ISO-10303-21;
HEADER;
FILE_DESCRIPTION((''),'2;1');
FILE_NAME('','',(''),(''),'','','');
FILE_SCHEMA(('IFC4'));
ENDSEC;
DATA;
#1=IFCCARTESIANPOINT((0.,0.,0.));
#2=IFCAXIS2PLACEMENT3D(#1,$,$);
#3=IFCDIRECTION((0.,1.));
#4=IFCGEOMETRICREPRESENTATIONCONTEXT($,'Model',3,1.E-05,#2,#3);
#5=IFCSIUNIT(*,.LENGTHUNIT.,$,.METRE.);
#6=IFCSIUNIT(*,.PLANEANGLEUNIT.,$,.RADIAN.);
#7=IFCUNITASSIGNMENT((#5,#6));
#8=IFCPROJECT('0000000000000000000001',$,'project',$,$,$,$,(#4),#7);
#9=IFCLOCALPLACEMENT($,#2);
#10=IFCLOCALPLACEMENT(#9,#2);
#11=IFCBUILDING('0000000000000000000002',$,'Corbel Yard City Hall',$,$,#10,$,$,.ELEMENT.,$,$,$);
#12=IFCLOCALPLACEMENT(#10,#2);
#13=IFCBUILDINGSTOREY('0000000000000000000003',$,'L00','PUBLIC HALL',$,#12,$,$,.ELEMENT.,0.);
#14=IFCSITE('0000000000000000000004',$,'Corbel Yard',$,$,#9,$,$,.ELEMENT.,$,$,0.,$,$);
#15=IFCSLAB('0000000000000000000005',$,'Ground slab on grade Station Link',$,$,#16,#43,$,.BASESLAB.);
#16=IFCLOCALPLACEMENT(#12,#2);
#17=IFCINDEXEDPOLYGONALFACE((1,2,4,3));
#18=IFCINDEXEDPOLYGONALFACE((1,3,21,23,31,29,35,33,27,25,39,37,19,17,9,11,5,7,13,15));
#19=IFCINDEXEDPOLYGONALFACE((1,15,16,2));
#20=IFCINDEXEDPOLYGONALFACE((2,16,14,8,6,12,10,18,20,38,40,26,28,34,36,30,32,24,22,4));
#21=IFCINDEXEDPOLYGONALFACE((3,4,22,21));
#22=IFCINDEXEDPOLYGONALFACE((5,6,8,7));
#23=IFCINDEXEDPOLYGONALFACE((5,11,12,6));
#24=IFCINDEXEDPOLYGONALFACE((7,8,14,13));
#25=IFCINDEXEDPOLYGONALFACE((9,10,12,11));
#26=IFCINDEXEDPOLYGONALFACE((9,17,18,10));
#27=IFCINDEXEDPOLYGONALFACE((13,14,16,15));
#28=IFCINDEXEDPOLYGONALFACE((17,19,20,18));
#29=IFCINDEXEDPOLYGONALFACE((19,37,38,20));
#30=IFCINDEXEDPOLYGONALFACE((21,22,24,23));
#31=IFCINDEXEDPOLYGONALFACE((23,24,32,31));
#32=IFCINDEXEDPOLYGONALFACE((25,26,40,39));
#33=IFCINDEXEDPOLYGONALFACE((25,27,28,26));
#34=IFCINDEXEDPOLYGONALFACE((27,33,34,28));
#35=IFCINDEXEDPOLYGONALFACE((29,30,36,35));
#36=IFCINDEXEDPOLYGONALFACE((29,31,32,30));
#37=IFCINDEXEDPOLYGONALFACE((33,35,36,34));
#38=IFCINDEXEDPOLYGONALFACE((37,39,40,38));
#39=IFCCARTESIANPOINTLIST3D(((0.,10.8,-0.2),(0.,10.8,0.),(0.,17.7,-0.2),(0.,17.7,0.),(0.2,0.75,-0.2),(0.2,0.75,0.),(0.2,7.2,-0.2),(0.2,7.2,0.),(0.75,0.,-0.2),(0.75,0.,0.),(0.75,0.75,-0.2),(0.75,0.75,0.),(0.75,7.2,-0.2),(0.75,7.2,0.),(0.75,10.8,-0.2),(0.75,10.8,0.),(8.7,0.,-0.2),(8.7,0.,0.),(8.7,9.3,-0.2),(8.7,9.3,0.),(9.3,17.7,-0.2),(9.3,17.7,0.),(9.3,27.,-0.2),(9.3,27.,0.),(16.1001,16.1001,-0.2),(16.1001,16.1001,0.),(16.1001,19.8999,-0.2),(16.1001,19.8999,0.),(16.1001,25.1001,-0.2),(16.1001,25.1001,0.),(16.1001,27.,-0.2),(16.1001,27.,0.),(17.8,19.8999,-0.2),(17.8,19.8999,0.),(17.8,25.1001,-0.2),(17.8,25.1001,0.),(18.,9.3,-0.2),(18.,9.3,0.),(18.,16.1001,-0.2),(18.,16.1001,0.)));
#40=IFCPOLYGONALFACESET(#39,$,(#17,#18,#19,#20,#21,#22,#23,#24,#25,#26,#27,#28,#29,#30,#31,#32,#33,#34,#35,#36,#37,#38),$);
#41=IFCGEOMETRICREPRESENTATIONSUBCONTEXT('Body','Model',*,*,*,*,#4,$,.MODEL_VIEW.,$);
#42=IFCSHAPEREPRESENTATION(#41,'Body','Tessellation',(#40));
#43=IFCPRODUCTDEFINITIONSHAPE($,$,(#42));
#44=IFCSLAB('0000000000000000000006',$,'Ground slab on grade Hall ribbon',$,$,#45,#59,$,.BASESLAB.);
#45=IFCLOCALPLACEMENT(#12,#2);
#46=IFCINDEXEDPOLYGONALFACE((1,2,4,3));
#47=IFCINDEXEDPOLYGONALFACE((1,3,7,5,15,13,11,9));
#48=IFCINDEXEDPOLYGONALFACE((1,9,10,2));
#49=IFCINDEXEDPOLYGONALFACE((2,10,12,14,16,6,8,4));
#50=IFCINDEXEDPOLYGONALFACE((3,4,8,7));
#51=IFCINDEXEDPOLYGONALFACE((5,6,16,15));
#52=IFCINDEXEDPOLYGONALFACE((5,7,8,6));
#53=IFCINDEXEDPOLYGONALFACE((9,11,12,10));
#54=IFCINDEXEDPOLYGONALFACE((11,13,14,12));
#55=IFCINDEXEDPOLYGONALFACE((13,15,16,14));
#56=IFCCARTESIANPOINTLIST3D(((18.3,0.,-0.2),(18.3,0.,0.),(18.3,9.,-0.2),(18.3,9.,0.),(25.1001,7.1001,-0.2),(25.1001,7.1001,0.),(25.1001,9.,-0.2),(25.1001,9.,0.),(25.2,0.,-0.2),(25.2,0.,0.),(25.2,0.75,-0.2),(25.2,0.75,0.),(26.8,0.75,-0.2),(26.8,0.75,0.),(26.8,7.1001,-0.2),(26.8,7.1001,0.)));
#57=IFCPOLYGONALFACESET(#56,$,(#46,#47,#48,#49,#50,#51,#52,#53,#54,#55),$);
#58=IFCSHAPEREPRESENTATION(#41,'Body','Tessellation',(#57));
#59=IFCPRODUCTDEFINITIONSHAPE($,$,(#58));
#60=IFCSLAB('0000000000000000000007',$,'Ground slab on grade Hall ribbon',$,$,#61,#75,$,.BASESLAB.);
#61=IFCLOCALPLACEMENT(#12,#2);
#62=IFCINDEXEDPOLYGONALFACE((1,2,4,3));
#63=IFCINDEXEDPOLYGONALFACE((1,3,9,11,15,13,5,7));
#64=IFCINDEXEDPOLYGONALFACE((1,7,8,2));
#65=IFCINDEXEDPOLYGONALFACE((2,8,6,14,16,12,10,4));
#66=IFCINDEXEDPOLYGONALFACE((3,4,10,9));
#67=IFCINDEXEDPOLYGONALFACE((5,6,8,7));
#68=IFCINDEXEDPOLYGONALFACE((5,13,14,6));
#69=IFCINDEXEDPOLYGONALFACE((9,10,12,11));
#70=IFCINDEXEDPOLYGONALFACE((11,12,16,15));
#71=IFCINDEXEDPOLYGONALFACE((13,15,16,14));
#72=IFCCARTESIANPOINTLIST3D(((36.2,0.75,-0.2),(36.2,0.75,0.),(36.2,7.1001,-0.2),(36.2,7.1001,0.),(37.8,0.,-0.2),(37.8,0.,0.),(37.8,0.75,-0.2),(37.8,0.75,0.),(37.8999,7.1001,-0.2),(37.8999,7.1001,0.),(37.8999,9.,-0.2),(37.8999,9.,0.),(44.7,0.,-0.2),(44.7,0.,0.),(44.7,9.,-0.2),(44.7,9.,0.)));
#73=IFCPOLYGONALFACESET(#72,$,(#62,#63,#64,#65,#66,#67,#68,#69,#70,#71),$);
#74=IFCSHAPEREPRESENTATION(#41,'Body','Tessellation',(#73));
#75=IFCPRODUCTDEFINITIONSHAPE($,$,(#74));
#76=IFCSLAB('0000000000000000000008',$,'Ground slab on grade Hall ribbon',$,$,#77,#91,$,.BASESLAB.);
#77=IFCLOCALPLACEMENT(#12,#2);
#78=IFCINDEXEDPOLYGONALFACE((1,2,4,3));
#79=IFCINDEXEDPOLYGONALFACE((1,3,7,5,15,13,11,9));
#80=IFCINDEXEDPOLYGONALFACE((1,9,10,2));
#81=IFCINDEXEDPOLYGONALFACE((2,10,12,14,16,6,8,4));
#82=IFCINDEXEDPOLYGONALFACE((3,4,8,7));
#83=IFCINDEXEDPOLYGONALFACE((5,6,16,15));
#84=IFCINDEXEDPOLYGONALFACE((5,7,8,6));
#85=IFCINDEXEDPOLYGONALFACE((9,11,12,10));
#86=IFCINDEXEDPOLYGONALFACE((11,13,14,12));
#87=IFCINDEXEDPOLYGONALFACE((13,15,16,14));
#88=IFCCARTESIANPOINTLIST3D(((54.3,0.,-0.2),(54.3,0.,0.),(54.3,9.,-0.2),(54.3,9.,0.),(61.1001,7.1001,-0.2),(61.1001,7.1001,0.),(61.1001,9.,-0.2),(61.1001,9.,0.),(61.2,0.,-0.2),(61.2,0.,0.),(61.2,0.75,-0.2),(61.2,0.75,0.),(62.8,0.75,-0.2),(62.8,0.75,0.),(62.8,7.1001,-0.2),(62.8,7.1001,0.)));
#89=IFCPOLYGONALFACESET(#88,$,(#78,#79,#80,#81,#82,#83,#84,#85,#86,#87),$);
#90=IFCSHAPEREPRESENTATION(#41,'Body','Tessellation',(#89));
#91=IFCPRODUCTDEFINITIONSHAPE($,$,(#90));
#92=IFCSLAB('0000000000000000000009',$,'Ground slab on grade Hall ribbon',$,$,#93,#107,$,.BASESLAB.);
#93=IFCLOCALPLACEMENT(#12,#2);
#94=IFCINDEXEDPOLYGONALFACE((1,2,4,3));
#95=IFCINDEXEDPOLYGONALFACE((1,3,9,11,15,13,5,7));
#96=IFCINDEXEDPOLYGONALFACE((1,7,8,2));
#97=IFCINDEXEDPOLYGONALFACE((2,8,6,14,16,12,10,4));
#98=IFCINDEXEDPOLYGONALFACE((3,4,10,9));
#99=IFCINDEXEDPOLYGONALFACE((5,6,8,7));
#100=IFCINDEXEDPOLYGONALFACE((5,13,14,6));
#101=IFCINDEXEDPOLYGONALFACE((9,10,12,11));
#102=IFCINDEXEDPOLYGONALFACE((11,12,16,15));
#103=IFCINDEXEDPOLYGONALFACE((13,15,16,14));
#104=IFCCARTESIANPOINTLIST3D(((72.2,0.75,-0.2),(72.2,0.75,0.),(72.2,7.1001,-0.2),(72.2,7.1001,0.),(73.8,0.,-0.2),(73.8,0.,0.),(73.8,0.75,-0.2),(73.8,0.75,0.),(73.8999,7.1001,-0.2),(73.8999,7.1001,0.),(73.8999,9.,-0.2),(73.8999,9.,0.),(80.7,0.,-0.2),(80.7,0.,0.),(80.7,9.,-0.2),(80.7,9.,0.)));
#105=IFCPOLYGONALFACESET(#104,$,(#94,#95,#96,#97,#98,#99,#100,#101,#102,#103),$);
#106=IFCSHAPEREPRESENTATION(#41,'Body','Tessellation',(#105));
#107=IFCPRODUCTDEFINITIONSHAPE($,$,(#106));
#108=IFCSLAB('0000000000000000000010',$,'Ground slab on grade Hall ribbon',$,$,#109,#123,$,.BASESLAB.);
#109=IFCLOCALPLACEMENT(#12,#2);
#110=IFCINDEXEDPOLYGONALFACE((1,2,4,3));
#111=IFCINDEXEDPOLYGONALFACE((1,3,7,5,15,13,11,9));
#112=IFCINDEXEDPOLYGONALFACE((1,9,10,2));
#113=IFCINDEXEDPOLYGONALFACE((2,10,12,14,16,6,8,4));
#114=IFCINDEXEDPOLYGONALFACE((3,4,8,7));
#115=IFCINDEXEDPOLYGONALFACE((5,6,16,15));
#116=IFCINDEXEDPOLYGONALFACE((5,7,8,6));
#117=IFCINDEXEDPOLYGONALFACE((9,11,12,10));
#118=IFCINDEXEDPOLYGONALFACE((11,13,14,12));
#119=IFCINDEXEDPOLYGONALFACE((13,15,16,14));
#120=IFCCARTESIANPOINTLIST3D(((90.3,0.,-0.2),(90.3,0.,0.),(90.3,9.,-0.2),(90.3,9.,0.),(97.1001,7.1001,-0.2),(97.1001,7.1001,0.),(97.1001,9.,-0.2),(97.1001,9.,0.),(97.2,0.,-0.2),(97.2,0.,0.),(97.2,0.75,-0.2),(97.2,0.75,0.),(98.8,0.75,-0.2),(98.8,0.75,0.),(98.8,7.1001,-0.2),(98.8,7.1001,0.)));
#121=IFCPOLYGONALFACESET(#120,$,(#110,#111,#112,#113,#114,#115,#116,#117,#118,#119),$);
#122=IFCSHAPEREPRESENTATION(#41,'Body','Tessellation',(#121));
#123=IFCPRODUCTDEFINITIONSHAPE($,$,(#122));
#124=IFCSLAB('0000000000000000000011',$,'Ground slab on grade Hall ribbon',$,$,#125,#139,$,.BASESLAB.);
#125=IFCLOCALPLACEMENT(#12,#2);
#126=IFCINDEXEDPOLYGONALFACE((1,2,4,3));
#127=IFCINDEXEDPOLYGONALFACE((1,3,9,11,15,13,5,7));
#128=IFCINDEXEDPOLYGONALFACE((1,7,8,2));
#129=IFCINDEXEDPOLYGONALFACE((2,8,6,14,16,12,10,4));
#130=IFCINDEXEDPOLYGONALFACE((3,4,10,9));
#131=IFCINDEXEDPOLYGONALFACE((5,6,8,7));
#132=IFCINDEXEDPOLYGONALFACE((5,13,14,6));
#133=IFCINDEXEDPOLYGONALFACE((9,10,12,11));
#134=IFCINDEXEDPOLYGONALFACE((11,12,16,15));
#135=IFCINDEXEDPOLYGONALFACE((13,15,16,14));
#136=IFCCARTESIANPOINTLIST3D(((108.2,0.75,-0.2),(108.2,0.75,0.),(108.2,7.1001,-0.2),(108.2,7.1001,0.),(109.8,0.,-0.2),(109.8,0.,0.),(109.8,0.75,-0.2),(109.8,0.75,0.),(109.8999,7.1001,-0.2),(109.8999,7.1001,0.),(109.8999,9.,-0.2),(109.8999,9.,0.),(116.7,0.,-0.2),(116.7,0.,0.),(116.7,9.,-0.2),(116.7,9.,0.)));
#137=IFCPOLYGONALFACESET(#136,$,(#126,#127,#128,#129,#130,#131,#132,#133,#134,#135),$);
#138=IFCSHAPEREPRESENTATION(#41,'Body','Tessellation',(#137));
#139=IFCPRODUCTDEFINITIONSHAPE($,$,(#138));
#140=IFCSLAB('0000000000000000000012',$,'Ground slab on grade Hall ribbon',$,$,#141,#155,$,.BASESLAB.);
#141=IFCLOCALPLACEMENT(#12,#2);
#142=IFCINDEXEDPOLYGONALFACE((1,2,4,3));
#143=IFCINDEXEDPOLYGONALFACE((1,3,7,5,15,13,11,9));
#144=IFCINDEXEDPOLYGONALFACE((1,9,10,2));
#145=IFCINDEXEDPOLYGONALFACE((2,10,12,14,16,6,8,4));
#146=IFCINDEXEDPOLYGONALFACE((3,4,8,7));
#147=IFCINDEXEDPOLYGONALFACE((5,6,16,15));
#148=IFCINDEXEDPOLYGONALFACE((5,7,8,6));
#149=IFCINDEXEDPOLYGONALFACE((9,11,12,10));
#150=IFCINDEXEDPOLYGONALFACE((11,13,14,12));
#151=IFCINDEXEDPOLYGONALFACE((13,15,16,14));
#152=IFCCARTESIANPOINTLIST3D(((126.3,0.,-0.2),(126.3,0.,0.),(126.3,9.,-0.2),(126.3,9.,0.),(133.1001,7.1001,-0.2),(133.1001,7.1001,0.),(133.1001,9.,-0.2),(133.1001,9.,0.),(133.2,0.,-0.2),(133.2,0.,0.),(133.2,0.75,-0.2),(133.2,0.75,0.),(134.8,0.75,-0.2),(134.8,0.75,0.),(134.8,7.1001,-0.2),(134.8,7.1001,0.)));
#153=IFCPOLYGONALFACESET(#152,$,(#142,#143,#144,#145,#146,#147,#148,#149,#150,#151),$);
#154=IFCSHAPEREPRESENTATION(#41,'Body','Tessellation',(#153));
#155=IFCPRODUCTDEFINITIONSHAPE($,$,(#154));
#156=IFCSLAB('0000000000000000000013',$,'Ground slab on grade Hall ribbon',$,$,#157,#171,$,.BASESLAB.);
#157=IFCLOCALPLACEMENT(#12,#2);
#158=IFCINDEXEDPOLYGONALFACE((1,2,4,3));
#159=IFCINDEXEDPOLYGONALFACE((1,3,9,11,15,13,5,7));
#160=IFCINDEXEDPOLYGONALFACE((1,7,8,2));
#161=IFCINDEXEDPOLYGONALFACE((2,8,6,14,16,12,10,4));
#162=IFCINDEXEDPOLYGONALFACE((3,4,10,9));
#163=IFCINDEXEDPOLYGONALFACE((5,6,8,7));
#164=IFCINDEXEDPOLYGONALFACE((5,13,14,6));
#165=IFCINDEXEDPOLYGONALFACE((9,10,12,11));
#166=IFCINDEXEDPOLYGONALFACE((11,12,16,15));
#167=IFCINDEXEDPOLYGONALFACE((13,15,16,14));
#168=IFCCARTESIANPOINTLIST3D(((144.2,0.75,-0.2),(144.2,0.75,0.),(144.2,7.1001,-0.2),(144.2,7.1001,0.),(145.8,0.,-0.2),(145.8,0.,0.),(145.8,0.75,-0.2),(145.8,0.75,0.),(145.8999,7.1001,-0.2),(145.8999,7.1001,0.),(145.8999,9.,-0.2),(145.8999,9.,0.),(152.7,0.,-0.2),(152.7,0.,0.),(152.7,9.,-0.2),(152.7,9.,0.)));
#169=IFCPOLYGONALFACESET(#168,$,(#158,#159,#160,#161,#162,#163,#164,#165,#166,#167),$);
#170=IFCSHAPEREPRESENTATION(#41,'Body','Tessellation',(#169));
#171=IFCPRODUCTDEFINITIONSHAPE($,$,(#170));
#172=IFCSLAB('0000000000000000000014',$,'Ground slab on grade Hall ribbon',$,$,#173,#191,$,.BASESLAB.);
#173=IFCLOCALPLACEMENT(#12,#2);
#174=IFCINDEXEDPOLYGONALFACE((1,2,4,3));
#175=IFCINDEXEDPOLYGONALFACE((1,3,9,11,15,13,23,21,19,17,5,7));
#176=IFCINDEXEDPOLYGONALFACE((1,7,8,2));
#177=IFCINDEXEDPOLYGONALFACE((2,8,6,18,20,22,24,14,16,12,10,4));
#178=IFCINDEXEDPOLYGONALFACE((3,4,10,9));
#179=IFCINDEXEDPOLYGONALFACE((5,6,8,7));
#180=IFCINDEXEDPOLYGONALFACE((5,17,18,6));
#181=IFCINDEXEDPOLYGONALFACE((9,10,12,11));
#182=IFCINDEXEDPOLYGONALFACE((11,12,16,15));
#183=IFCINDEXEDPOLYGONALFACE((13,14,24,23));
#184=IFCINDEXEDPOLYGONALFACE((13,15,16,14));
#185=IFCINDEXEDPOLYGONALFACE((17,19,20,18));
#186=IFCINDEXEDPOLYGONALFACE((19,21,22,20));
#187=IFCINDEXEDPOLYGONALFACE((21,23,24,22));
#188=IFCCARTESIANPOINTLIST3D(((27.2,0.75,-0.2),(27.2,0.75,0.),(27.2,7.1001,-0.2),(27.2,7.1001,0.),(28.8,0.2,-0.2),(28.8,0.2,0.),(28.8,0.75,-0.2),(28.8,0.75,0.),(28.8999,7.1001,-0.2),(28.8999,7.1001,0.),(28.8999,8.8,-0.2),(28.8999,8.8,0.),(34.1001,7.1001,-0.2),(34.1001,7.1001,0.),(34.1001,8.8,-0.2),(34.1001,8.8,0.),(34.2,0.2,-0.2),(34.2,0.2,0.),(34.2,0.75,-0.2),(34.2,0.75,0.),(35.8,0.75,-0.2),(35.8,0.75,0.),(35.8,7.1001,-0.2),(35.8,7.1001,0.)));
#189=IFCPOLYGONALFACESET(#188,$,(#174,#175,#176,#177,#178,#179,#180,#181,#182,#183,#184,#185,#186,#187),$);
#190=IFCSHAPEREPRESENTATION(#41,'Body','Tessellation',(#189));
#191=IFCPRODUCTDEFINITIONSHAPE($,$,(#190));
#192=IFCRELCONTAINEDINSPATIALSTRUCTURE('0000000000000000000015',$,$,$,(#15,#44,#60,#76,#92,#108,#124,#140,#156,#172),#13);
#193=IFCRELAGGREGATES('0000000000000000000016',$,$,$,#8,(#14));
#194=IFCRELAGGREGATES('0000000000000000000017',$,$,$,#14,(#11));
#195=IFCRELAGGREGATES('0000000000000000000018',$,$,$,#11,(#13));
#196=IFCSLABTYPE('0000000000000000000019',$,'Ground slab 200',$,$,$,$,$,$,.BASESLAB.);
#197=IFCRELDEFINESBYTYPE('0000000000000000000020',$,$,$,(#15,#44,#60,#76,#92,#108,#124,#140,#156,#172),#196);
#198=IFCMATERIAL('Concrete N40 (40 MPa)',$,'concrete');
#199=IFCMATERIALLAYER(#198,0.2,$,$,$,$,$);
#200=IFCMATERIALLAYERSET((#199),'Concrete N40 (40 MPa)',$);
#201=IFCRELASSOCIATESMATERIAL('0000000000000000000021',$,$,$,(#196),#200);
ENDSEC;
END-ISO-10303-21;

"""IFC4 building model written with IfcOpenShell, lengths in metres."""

from ifc_helpers import new_model, si_unit, direction, frame, origin, place, context, subcontext, project, spatial, polyline, outline, extrude, material, layer, layer_set, type_object, element, save


model = new_model("IFC4")

# Units and contexts
model_context = context("Model", 3, precision=1e-05, world=origin(), true_north=direction((0.0, 1.0)))
body_context = subcontext(model_context, "Body", "Model", "MODEL_VIEW")
ifc_project = project(units=[si_unit("LENGTHUNIT", "METRE"), si_unit("PLANEANGLEUNIT", "RADIAN")], contexts=[model_context])

# Site, building, storey
site_placement = place(None, origin())
site = spatial("IfcSite", under=ifc_project, at=site_placement, Name="Corbel Yard", CompositionType="ELEMENT", RefElevation=0.0)
building_placement = place(site_placement, origin())
building = spatial("IfcBuilding", under=site, at=building_placement, Name="Corbel Yard City Hall", CompositionType="ELEMENT")
storey_placement = place(building_placement, origin())
storey = spatial("IfcBuildingStorey", under=building, at=storey_placement, Name="L00", Description="PUBLIC HALL", CompositionType="ELEMENT", Elevation=0.0)

# Slabs
ifc_material = material(Name="Concrete N40 (40 MPa)", Category="concrete")
ifc_layer_1 = layer(ifc_material, 0.2)
ifc_layer_set_1 = layer_set([ifc_layer_1], Name="Concrete N40 (40 MPa)")
slab_type_1 = type_object("IfcSlabType", Name="Ground slab 200", PredefinedType="BASESLAB", material=ifc_layer_set_1)
slab_1_placement = place(storey_placement, frame((0.0, 0.0, -0.2)))
element("IfcSlab", 1, at=slab_1_placement, inside=storey, type_object=slab_type_1, Name="Ground slab on grade Station Link", PredefinedType="BASESLAB", context=body_context, shape_type="SweptSolid", body=[
    extrude(outline(polyline([(9.3, 27.0), (9.3, 17.7), (0.0, 17.7), (0.0, 10.8), (0.75, 10.8), (0.75, 7.2), (0.2, 7.2), (0.2, 0.75), (0.75, 0.75), (0.75, 0.0), (8.7, 0.0), (8.7, 9.3), (18.0, 9.3), (18.0, 16.1001), (16.1001, 16.1001), (16.1001, 19.8999), (17.8, 19.8999), (17.8, 25.1001), (16.1001, 25.1001), (16.1001, 27.0), (9.3, 27.0)])), origin(), (0.0, 0.0, 1.0), 0.2),
])
slab_2_placement = place(storey_placement, frame((0.0, 0.0, -0.2)))
element("IfcSlab", 2, at=slab_2_placement, inside=storey, type_object=slab_type_1, Name="Ground slab on grade Hall ribbon", PredefinedType="BASESLAB", context=body_context, shape_type="SweptSolid", body=[
    extrude(outline(polyline([(25.2, 0.0), (25.2, 0.75), (26.8, 0.75), (26.8, 7.1001), (25.1001, 7.1001), (25.1001, 9.0), (18.3, 9.0), (18.3, 0.0), (25.2, 0.0)])), origin(), (0.0, 0.0, 1.0), 0.2),
])
slab_3_placement = place(storey_placement, frame((0.0, 0.0, -0.2)))
element("IfcSlab", 3, at=slab_3_placement, inside=storey, type_object=slab_type_1, Name="Ground slab on grade Hall ribbon", PredefinedType="BASESLAB", context=body_context, shape_type="SweptSolid", body=[
    extrude(outline(polyline([(44.7, 0.0), (44.7, 9.0), (37.8999, 9.0), (37.8999, 7.1001), (36.2, 7.1001), (36.2, 0.75), (37.8, 0.75), (37.8, 0.0), (44.7, 0.0)])), origin(), (0.0, 0.0, 1.0), 0.2),
])
slab_4_placement = place(storey_placement, frame((0.0, 0.0, -0.2)))
element("IfcSlab", 4, at=slab_4_placement, inside=storey, type_object=slab_type_1, Name="Ground slab on grade Hall ribbon", PredefinedType="BASESLAB", context=body_context, shape_type="SweptSolid", body=[
    extrude(outline(polyline([(62.8, 0.75), (62.8, 7.1001), (61.1001, 7.1001), (61.1001, 9.0), (54.3, 9.0), (54.3, 0.0), (61.2, 0.0), (61.2, 0.75), (62.8, 0.75)])), origin(), (0.0, 0.0, 1.0), 0.2),
])
slab_5_placement = place(storey_placement, frame((0.0, 0.0, -0.2)))
element("IfcSlab", 5, at=slab_5_placement, inside=storey, type_object=slab_type_1, Name="Ground slab on grade Hall ribbon", PredefinedType="BASESLAB", context=body_context, shape_type="SweptSolid", body=[
    extrude(outline(polyline([(73.8999, 9.0), (73.8999, 7.1001), (72.2, 7.1001), (72.2, 0.75), (73.8, 0.75), (73.8, 0.0), (80.7, 0.0), (80.7, 9.0), (73.8999, 9.0)])), origin(), (0.0, 0.0, 1.0), 0.2),
])
slab_6_placement = place(storey_placement, frame((0.0, 0.0, -0.2)))
element("IfcSlab", 6, at=slab_6_placement, inside=storey, type_object=slab_type_1, Name="Ground slab on grade Hall ribbon", PredefinedType="BASESLAB", context=body_context, shape_type="SweptSolid", body=[
    extrude(outline(polyline([(90.3, 0.0), (97.2, 0.0), (97.2, 0.75), (98.8, 0.75), (98.8, 7.1001), (97.1001, 7.1001), (97.1001, 9.0), (90.3, 9.0), (90.3, 0.0)])), origin(), (0.0, 0.0, 1.0), 0.2),
])
slab_7_placement = place(storey_placement, frame((0.0, 0.0, -0.2)))
element("IfcSlab", 7, at=slab_7_placement, inside=storey, type_object=slab_type_1, Name="Ground slab on grade Hall ribbon", PredefinedType="BASESLAB", context=body_context, shape_type="SweptSolid", body=[
    extrude(outline(polyline([(109.8999, 7.1001), (108.2, 7.1001), (108.2, 0.75), (109.8, 0.75), (109.8, 0.0), (116.7, 0.0), (116.7, 9.0), (109.8999, 9.0), (109.8999, 7.1001)])), origin(), (0.0, 0.0, 1.0), 0.2),
])
slab_8_placement = place(storey_placement, frame((0.0, 0.0, -0.2)))
element("IfcSlab", 8, at=slab_8_placement, inside=storey, type_object=slab_type_1, Name="Ground slab on grade Hall ribbon", PredefinedType="BASESLAB", context=body_context, shape_type="SweptSolid", body=[
    extrude(outline(polyline([(133.1001, 7.1001), (133.1001, 9.0), (126.3, 9.0), (126.3, 0.0), (133.2, 0.0), (133.2, 0.75), (134.8, 0.75), (134.8, 7.1001), (133.1001, 7.1001)])), origin(), (0.0, 0.0, 1.0), 0.2),
])
slab_9_placement = place(storey_placement, frame((0.0, 0.0, -0.2)))
element("IfcSlab", 9, at=slab_9_placement, inside=storey, type_object=slab_type_1, Name="Ground slab on grade Hall ribbon", PredefinedType="BASESLAB", context=body_context, shape_type="SweptSolid", body=[
    extrude(outline(polyline([(152.7, 9.0), (145.8999, 9.0), (145.8999, 7.1001), (144.2, 7.1001), (144.2, 0.75), (145.8, 0.75), (145.8, 0.0), (152.7, 0.0), (152.7, 9.0)])), origin(), (0.0, 0.0, 1.0), 0.2),
])
slab_10_placement = place(storey_placement, frame((0.0, 0.0, -0.2)))
element("IfcSlab", 10, at=slab_10_placement, inside=storey, type_object=slab_type_1, Name="Ground slab on grade Hall ribbon", PredefinedType="BASESLAB", context=body_context, shape_type="SweptSolid", body=[
    extrude(outline(polyline([(34.1001, 7.1001), (34.1001, 8.8), (28.8999, 8.8), (28.8999, 7.1001), (27.2, 7.1001), (27.2, 0.75), (28.8, 0.75), (28.8, 0.2), (34.2, 0.2), (34.2, 0.75), (35.8, 0.75), (35.8, 7.1001), (34.1001, 7.1001)])), origin(), (0.0, 0.0, 1.0), 0.2),
])

save(model, "model.ifc")
